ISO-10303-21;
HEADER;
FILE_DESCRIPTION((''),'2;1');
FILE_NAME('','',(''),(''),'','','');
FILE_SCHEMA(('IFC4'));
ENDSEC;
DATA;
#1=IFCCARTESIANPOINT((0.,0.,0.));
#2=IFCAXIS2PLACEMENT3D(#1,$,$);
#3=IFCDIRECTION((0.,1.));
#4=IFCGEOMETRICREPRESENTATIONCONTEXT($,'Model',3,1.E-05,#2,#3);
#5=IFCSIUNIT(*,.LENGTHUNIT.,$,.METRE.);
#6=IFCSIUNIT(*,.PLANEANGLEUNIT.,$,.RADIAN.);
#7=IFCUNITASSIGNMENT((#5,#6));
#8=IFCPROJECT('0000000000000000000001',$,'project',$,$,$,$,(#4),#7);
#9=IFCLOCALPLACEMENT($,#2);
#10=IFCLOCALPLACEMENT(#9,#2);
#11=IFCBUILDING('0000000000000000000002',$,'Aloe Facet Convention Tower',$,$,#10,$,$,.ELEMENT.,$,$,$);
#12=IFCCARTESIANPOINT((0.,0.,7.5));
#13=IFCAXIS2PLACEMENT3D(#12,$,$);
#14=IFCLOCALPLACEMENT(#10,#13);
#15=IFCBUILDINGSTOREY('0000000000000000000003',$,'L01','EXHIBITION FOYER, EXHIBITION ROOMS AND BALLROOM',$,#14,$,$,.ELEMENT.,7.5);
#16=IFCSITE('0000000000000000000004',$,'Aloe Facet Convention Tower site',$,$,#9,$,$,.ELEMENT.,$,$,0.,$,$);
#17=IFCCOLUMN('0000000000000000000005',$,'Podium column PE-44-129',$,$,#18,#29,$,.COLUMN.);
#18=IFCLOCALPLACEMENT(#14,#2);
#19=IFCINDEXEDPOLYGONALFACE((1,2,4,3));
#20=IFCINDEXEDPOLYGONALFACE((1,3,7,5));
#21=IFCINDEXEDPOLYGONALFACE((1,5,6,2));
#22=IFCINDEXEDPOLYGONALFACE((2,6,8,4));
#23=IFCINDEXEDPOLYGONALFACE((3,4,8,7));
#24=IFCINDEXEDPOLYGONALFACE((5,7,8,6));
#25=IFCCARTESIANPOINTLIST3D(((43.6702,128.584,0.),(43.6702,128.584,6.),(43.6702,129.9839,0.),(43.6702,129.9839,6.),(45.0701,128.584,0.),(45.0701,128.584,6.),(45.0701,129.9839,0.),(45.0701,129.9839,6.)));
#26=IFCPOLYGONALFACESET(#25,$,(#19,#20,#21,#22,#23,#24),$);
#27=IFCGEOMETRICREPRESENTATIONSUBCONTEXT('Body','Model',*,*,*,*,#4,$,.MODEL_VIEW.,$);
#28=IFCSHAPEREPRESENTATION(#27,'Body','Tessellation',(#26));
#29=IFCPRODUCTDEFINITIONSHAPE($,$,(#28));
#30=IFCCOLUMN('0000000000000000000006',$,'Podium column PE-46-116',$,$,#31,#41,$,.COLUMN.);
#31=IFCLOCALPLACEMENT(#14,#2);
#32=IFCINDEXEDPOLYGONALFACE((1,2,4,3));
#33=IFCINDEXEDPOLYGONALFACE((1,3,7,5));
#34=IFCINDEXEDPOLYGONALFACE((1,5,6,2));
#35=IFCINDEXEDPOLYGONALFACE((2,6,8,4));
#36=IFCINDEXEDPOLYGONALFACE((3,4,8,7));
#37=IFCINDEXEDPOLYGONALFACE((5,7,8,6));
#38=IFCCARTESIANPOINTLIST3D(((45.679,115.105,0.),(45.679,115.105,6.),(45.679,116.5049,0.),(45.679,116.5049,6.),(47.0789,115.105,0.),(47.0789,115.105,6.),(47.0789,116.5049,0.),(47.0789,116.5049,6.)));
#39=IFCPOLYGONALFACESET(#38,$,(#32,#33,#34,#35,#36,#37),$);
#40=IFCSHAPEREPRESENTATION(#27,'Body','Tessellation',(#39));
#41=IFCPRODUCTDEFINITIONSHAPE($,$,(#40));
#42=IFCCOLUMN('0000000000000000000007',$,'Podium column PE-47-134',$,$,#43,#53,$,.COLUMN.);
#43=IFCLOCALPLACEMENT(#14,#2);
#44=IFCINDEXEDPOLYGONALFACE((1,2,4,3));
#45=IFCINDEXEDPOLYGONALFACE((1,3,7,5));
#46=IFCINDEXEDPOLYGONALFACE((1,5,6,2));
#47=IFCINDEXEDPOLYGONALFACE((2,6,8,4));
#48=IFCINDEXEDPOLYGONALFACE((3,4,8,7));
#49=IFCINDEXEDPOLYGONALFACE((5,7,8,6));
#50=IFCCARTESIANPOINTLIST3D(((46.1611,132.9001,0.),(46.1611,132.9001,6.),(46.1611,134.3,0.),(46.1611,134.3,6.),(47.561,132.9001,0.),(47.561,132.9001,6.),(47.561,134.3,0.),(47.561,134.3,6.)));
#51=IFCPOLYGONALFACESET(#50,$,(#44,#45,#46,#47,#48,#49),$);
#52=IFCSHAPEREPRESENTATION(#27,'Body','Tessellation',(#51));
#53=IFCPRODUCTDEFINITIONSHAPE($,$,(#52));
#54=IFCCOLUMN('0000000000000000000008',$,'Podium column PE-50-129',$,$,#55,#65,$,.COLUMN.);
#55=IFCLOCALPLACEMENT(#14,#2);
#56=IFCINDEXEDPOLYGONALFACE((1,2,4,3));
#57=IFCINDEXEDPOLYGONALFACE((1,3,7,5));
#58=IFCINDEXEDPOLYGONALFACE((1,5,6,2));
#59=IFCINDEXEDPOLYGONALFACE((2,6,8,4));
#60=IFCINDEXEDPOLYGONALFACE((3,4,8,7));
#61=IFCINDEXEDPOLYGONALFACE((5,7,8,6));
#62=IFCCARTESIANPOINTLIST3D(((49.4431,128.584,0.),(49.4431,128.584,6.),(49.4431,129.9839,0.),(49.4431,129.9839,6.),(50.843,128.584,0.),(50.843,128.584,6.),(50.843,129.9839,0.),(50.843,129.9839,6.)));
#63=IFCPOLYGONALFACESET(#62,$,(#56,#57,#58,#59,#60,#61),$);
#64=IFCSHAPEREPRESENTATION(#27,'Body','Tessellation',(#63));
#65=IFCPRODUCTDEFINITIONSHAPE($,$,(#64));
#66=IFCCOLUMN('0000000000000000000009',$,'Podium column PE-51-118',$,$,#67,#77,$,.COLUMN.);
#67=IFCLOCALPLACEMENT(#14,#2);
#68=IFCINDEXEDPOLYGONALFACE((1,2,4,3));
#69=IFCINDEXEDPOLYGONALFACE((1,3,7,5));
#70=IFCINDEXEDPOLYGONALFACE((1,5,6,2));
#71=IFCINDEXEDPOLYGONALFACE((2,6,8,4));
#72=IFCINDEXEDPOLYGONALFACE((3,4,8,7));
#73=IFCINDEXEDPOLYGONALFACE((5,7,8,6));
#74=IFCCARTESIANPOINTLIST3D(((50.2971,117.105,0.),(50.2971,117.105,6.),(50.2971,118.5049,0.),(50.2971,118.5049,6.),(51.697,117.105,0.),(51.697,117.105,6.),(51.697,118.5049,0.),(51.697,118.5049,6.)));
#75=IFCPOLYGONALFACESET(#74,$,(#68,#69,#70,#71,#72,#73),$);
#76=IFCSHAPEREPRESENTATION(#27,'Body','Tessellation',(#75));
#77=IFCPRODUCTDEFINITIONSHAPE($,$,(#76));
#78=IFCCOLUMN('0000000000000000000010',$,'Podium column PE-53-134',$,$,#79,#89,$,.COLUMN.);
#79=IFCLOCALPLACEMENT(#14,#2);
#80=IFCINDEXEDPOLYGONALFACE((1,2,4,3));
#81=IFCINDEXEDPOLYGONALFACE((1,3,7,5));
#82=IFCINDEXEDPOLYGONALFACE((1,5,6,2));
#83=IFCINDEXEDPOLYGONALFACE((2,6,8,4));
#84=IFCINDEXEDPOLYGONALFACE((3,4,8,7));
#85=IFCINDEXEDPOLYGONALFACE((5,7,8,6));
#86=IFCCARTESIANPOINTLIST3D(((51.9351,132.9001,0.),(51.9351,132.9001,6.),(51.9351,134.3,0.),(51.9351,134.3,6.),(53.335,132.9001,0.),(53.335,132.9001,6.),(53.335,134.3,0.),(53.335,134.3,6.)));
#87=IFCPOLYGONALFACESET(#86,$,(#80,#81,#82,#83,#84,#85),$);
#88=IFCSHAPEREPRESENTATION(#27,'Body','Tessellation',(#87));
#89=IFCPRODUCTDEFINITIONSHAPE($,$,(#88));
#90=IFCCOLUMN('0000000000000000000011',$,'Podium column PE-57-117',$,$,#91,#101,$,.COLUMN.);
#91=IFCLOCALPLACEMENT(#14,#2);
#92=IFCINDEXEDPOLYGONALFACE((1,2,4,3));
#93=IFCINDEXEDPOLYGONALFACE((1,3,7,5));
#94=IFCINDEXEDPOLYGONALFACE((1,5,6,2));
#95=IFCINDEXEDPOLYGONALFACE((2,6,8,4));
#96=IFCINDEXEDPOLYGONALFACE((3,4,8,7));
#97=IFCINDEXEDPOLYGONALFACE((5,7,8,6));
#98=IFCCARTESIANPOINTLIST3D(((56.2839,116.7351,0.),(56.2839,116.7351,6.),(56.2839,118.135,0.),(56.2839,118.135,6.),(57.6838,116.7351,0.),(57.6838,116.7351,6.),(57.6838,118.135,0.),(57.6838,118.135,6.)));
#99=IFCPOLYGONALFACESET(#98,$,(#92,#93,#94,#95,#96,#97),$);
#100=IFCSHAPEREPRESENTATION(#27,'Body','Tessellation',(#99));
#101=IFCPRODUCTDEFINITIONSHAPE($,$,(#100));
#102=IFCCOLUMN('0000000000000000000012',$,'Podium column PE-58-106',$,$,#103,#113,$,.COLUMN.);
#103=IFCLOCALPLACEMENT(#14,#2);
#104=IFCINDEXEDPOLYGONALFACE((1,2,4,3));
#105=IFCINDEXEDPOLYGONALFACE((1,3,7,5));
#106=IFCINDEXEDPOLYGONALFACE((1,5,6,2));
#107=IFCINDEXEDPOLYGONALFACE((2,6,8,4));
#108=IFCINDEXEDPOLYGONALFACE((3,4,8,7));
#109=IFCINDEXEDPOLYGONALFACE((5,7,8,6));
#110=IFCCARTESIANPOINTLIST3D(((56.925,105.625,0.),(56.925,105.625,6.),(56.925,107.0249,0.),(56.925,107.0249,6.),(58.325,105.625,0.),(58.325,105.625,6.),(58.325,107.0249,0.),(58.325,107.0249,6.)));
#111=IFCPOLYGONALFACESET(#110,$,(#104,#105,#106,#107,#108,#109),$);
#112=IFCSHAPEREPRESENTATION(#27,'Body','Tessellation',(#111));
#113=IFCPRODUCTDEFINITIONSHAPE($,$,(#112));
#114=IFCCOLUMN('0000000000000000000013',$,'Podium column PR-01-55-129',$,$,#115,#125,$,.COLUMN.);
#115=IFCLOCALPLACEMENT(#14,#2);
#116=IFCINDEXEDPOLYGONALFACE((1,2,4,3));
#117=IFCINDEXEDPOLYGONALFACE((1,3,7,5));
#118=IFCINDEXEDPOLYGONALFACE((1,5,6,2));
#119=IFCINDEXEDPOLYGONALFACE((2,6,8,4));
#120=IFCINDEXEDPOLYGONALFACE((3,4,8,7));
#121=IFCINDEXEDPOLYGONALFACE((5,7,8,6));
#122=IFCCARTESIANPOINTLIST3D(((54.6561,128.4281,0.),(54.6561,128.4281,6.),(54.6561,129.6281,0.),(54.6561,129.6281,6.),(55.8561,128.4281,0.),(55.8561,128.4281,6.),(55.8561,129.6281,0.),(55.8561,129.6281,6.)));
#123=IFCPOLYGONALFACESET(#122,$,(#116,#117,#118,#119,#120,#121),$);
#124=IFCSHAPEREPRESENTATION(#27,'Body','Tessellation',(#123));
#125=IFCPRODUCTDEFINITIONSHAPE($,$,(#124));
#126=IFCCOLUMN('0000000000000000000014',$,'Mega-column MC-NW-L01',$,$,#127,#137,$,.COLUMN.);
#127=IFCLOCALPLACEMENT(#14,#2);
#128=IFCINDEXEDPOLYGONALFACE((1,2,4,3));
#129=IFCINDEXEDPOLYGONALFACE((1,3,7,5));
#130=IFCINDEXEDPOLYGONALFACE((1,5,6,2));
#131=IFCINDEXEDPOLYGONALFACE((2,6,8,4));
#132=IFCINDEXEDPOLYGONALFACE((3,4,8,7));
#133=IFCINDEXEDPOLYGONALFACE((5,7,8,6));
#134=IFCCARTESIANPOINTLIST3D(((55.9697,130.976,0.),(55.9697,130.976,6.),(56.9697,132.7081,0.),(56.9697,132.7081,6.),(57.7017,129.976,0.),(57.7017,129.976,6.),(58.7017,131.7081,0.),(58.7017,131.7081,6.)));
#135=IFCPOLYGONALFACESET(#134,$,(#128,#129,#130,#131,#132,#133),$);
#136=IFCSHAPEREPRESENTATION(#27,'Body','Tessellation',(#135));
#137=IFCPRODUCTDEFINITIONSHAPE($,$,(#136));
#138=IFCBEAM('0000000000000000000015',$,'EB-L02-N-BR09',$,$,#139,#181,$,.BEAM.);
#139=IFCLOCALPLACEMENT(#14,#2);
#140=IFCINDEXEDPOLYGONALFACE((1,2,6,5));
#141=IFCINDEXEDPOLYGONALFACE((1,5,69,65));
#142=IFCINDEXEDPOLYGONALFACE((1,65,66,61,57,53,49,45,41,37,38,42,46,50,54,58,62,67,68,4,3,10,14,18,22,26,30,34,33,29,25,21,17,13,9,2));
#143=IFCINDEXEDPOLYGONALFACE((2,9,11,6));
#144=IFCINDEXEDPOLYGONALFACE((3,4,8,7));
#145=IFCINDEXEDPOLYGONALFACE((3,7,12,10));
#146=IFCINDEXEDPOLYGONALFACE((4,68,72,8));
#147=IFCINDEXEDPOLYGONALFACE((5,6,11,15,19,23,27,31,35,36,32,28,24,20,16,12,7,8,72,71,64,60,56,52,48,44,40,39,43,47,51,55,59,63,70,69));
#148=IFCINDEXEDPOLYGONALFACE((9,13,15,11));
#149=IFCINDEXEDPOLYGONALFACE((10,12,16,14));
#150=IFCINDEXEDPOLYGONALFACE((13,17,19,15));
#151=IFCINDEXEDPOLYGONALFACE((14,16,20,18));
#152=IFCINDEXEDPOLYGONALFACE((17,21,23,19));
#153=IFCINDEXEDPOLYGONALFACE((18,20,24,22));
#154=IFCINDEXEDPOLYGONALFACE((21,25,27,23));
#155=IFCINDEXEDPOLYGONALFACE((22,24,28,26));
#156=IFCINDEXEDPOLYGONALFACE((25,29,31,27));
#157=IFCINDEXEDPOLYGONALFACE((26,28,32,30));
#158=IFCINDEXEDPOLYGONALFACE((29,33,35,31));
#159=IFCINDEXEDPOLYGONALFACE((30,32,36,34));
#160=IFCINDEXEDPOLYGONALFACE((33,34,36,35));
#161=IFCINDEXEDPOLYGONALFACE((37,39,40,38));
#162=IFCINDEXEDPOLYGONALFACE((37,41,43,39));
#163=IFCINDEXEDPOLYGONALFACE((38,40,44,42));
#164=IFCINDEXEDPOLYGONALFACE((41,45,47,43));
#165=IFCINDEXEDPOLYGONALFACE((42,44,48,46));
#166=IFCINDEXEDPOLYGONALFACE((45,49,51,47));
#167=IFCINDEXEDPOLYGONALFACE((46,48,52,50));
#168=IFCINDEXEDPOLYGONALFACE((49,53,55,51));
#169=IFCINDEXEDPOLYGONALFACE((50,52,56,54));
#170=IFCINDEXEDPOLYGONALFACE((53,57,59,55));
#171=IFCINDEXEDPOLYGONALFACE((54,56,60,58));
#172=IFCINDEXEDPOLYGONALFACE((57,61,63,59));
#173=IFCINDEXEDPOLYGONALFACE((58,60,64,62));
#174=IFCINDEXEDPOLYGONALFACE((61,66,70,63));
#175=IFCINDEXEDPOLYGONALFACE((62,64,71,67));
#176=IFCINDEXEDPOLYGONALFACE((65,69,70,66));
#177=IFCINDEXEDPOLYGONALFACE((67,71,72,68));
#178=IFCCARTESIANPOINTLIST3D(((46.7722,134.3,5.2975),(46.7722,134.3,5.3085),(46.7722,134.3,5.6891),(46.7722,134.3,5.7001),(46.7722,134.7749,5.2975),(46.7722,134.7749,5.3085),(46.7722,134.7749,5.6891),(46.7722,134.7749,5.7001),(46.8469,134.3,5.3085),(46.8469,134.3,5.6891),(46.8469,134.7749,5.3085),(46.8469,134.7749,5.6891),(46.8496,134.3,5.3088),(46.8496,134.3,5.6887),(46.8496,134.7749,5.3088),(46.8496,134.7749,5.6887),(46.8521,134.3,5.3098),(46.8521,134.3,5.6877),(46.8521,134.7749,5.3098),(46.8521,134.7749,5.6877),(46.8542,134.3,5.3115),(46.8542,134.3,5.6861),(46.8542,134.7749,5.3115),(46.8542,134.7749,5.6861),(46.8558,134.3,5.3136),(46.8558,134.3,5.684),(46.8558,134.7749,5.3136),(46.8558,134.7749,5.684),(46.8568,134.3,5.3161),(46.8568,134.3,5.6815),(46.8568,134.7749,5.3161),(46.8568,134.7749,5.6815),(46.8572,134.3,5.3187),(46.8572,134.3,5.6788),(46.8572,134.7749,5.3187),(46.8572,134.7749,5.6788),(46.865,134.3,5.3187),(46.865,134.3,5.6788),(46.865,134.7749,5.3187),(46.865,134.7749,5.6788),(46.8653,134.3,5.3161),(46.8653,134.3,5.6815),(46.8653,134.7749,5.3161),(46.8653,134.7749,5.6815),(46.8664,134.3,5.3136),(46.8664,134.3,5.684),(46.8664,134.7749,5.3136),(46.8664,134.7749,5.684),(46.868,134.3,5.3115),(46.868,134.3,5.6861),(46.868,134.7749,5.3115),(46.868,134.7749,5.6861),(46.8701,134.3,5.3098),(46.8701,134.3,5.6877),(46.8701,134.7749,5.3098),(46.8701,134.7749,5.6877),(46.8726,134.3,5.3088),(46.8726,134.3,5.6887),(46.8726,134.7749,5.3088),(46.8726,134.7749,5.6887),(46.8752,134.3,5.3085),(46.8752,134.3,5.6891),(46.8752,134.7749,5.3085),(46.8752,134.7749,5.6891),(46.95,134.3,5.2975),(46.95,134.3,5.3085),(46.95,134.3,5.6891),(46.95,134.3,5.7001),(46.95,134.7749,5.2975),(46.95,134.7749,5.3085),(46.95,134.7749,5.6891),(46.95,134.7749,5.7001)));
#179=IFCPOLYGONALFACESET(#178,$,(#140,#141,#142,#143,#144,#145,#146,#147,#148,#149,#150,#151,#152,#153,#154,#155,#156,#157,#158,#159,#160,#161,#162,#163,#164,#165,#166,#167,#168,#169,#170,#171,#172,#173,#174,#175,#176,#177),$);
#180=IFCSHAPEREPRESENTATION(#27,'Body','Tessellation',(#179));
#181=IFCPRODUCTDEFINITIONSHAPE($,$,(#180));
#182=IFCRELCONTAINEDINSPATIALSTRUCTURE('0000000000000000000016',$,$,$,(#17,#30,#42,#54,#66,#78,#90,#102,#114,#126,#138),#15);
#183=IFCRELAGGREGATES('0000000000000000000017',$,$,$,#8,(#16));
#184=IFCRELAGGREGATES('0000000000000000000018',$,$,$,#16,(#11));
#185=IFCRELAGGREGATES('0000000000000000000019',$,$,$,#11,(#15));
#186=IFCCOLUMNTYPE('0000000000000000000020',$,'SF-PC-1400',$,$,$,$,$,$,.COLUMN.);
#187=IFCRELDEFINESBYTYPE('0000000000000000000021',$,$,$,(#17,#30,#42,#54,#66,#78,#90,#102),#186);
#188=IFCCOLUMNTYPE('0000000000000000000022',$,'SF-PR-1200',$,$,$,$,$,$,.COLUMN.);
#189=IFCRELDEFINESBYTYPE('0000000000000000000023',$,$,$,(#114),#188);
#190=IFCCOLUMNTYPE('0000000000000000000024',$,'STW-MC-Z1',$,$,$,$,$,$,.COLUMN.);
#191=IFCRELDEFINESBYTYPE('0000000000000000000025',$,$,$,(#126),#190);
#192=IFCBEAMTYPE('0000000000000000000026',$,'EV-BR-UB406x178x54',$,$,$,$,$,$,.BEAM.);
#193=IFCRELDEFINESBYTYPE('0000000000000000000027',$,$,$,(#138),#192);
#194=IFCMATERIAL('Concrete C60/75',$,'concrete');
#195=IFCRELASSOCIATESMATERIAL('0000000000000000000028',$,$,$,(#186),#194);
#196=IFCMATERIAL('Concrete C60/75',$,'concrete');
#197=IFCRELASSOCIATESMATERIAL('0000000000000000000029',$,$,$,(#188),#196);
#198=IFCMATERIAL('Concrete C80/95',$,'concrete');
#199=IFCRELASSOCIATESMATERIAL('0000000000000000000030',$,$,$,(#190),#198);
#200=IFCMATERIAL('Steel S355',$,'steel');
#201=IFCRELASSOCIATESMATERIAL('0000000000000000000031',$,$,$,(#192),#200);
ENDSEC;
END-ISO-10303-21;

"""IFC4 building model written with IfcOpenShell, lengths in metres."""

from ifc_helpers import new_model, si_unit, direction, frame, origin, origin_2d, place, context, subcontext, project, spatial, rectangle, i_section, extrude, material, material_profile, profile_set, type_object, element, save


model = new_model("IFC4")

# Units and contexts
model_context = context("Model", 3, precision=1e-05, world=origin(), true_north=direction((0.0, 1.0)))
body_context = subcontext(model_context, "Body", "Model", "MODEL_VIEW")
ifc_project = project(units=[si_unit("LENGTHUNIT", "METRE"), si_unit("PLANEANGLEUNIT", "RADIAN")], contexts=[model_context])

# Site, building, storey
site_placement = place(None, origin())
site = spatial("IfcSite", under=ifc_project, at=site_placement, Name="Aloe Facet Convention Tower site", CompositionType="ELEMENT", RefElevation=0.0)
building_placement = place(site_placement, origin())
building = spatial("IfcBuilding", under=site, at=building_placement, Name="Aloe Facet Convention Tower", CompositionType="ELEMENT")
storey_placement = place(building_placement, frame((0.0, 0.0, 7.5)))
storey = spatial("IfcBuildingStorey", under=building, at=storey_placement, Name="L01", Description="EXHIBITION FOYER, EXHIBITION ROOMS AND BALLROOM", CompositionType="ELEMENT", Elevation=7.5)

# Columns
ifc_material_1 = material(Name="Concrete C60/75", Category="concrete")
ifc_material_profile_1 = material_profile(ifc_material_1, rectangle(XDim=1.3999, YDim=1.3999, at=origin_2d()), Name="SF-PC-1400")
ifc_profile_set_1 = profile_set([ifc_material_profile_1], Name="Concrete C60/75")
column_type_1 = type_object("IfcColumnType", Name="SF-PC-1400", PredefinedType="COLUMN", material=ifc_profile_set_1)
for number, where, z_axis, x_axis, name in (
    (1, (44.3701, 129.2839, 0.0), (0.0, 0.0, 1.0), (1.0, 0.0, 0.0), "Podium column PE-44-129"),
    (2, (46.3789, 115.8049, 0.0), (0.0, 0.0, 1.0), (1.0, 0.0, 0.0), "Podium column PE-46-116"),
    (3, (46.8611, 133.6001, 0.0), (0.0, 0.0, 1.0), (1.0, 0.0, 0.0), "Podium column PE-47-134"),
    (4, (50.1431, 129.2839, 0.0), (0.0, 0.0, 1.0), (1.0, 0.0, 0.0), "Podium column PE-50-129"),
    (5, (50.9971, 117.8049, 0.0), (0.0, 0.0, 1.0), (1.0, 0.0, 0.0), "Podium column PE-51-118"),
    (6, (52.635, 133.6001, 0.0), (0.0, 0.0, 1.0), (1.0, 0.0, 0.0), "Podium column PE-53-134"),
    (7, (56.9839, 117.4351, 0.0), (0.0, 0.0, 1.0), (1.0, 0.0, 0.0), "Podium column PE-57-117"),
    (8, (57.625, 106.325, 0.0), (0.0, 0.0, 1.0), (1.0, 0.0, 0.0), "Podium column PE-58-106"),
):
    element("IfcColumn", number, at=place(storey_placement, frame(where, z_axis=z_axis, x_axis=x_axis)), inside=storey, type_object=column_type_1, Name=name, PredefinedType="COLUMN", context=body_context, shape_type="SweptSolid", body=[
        extrude(rectangle(XDim=1.3999, YDim=1.3999, at=origin_2d()), origin(), (0.0, 0.0, 1.0), 6.0),
    ])
ifc_material_2 = material(Name="Concrete C60/75", Category="concrete")
ifc_material_profile_2 = material_profile(ifc_material_2, rectangle(XDim=1.2, YDim=1.2, at=origin_2d()), Name="SF-PR-1200")
ifc_profile_set_2 = profile_set([ifc_material_profile_2], Name="Concrete C60/75")
column_type_2 = type_object("IfcColumnType", Name="SF-PR-1200", PredefinedType="COLUMN", material=ifc_profile_set_2)
column_1_placement = place(storey_placement, frame((55.2561, 129.0281, 0.0), z_axis=(0.0, 0.0, 1.0), x_axis=(1.0, 0.0, 0.0)))
element("IfcColumn", 9, at=column_1_placement, inside=storey, type_object=column_type_2, Name="Podium column PR-01-55-129", PredefinedType="COLUMN", context=body_context, shape_type="SweptSolid", body=[
    extrude(rectangle(XDim=1.2, YDim=1.2, at=origin_2d()), origin(), (0.0, 0.0, 1.0), 6.0),
])
ifc_material_3 = material(Name="Concrete C80/95", Category="concrete")
ifc_material_profile_3 = material_profile(ifc_material_3, rectangle(XDim=2.0, YDim=2.0, at=origin_2d()), Name="STW-MC-Z1")
ifc_profile_set_3 = profile_set([ifc_material_profile_3], Name="Concrete C80/95")
column_type_3 = type_object("IfcColumnType", Name="STW-MC-Z1", PredefinedType="COLUMN", material=ifc_profile_set_3)
column_2_placement = place(storey_placement, frame((57.3357, 131.342, 0.0), z_axis=(0.0, 0.0, 1.0), x_axis=(-0.5, -0.866025, 0.0)))
element("IfcColumn", 10, at=column_2_placement, inside=storey, type_object=column_type_3, Name="Mega-column MC-NW-L01", PredefinedType="COLUMN", context=body_context, shape_type="SweptSolid", body=[
    extrude(rectangle(XDim=2.0, YDim=2.0, at=origin_2d()), origin(), (0.0, 0.0, 1.0), 6.0),
])

# Beam
ifc_material_4 = material(Name="Steel S355", Category="steel")
ifc_material_profile_4 = material_profile(ifc_material_4, i_section(OverallWidth=0.1777, OverallDepth=0.4026, WebThickness=0.0078, FlangeThickness=0.011, FilletRadius=0.0103, at=origin_2d()), Name="UB 406x178x54")
ifc_profile_set_4 = profile_set([ifc_material_profile_4], Name="Steel S355")
beam_type_1 = type_object("IfcBeamType", Name="EV-BR-UB406x178x54", PredefinedType="BEAM", material=ifc_profile_set_4)
beam_1_placement = place(storey_placement, frame((46.8611, 134.3, 5.4988), z_axis=(0.0, 1.0, 0.0), x_axis=(-1.0, 0.0, 0.0)))
element("IfcBeam", 11, at=beam_1_placement, inside=storey, type_object=beam_type_1, Name="EB-L02-N-BR09", PredefinedType="BEAM", context=body_context, shape_type="SweptSolid", body=[
    extrude(i_section(OverallWidth=0.1777, OverallDepth=0.4026, WebThickness=0.0078, FlangeThickness=0.011, FilletRadius=0.0103, at=origin_2d()), origin(), (0.0, 0.0, 1.0), 0.4749),
])

save(model, "model.ifc")
